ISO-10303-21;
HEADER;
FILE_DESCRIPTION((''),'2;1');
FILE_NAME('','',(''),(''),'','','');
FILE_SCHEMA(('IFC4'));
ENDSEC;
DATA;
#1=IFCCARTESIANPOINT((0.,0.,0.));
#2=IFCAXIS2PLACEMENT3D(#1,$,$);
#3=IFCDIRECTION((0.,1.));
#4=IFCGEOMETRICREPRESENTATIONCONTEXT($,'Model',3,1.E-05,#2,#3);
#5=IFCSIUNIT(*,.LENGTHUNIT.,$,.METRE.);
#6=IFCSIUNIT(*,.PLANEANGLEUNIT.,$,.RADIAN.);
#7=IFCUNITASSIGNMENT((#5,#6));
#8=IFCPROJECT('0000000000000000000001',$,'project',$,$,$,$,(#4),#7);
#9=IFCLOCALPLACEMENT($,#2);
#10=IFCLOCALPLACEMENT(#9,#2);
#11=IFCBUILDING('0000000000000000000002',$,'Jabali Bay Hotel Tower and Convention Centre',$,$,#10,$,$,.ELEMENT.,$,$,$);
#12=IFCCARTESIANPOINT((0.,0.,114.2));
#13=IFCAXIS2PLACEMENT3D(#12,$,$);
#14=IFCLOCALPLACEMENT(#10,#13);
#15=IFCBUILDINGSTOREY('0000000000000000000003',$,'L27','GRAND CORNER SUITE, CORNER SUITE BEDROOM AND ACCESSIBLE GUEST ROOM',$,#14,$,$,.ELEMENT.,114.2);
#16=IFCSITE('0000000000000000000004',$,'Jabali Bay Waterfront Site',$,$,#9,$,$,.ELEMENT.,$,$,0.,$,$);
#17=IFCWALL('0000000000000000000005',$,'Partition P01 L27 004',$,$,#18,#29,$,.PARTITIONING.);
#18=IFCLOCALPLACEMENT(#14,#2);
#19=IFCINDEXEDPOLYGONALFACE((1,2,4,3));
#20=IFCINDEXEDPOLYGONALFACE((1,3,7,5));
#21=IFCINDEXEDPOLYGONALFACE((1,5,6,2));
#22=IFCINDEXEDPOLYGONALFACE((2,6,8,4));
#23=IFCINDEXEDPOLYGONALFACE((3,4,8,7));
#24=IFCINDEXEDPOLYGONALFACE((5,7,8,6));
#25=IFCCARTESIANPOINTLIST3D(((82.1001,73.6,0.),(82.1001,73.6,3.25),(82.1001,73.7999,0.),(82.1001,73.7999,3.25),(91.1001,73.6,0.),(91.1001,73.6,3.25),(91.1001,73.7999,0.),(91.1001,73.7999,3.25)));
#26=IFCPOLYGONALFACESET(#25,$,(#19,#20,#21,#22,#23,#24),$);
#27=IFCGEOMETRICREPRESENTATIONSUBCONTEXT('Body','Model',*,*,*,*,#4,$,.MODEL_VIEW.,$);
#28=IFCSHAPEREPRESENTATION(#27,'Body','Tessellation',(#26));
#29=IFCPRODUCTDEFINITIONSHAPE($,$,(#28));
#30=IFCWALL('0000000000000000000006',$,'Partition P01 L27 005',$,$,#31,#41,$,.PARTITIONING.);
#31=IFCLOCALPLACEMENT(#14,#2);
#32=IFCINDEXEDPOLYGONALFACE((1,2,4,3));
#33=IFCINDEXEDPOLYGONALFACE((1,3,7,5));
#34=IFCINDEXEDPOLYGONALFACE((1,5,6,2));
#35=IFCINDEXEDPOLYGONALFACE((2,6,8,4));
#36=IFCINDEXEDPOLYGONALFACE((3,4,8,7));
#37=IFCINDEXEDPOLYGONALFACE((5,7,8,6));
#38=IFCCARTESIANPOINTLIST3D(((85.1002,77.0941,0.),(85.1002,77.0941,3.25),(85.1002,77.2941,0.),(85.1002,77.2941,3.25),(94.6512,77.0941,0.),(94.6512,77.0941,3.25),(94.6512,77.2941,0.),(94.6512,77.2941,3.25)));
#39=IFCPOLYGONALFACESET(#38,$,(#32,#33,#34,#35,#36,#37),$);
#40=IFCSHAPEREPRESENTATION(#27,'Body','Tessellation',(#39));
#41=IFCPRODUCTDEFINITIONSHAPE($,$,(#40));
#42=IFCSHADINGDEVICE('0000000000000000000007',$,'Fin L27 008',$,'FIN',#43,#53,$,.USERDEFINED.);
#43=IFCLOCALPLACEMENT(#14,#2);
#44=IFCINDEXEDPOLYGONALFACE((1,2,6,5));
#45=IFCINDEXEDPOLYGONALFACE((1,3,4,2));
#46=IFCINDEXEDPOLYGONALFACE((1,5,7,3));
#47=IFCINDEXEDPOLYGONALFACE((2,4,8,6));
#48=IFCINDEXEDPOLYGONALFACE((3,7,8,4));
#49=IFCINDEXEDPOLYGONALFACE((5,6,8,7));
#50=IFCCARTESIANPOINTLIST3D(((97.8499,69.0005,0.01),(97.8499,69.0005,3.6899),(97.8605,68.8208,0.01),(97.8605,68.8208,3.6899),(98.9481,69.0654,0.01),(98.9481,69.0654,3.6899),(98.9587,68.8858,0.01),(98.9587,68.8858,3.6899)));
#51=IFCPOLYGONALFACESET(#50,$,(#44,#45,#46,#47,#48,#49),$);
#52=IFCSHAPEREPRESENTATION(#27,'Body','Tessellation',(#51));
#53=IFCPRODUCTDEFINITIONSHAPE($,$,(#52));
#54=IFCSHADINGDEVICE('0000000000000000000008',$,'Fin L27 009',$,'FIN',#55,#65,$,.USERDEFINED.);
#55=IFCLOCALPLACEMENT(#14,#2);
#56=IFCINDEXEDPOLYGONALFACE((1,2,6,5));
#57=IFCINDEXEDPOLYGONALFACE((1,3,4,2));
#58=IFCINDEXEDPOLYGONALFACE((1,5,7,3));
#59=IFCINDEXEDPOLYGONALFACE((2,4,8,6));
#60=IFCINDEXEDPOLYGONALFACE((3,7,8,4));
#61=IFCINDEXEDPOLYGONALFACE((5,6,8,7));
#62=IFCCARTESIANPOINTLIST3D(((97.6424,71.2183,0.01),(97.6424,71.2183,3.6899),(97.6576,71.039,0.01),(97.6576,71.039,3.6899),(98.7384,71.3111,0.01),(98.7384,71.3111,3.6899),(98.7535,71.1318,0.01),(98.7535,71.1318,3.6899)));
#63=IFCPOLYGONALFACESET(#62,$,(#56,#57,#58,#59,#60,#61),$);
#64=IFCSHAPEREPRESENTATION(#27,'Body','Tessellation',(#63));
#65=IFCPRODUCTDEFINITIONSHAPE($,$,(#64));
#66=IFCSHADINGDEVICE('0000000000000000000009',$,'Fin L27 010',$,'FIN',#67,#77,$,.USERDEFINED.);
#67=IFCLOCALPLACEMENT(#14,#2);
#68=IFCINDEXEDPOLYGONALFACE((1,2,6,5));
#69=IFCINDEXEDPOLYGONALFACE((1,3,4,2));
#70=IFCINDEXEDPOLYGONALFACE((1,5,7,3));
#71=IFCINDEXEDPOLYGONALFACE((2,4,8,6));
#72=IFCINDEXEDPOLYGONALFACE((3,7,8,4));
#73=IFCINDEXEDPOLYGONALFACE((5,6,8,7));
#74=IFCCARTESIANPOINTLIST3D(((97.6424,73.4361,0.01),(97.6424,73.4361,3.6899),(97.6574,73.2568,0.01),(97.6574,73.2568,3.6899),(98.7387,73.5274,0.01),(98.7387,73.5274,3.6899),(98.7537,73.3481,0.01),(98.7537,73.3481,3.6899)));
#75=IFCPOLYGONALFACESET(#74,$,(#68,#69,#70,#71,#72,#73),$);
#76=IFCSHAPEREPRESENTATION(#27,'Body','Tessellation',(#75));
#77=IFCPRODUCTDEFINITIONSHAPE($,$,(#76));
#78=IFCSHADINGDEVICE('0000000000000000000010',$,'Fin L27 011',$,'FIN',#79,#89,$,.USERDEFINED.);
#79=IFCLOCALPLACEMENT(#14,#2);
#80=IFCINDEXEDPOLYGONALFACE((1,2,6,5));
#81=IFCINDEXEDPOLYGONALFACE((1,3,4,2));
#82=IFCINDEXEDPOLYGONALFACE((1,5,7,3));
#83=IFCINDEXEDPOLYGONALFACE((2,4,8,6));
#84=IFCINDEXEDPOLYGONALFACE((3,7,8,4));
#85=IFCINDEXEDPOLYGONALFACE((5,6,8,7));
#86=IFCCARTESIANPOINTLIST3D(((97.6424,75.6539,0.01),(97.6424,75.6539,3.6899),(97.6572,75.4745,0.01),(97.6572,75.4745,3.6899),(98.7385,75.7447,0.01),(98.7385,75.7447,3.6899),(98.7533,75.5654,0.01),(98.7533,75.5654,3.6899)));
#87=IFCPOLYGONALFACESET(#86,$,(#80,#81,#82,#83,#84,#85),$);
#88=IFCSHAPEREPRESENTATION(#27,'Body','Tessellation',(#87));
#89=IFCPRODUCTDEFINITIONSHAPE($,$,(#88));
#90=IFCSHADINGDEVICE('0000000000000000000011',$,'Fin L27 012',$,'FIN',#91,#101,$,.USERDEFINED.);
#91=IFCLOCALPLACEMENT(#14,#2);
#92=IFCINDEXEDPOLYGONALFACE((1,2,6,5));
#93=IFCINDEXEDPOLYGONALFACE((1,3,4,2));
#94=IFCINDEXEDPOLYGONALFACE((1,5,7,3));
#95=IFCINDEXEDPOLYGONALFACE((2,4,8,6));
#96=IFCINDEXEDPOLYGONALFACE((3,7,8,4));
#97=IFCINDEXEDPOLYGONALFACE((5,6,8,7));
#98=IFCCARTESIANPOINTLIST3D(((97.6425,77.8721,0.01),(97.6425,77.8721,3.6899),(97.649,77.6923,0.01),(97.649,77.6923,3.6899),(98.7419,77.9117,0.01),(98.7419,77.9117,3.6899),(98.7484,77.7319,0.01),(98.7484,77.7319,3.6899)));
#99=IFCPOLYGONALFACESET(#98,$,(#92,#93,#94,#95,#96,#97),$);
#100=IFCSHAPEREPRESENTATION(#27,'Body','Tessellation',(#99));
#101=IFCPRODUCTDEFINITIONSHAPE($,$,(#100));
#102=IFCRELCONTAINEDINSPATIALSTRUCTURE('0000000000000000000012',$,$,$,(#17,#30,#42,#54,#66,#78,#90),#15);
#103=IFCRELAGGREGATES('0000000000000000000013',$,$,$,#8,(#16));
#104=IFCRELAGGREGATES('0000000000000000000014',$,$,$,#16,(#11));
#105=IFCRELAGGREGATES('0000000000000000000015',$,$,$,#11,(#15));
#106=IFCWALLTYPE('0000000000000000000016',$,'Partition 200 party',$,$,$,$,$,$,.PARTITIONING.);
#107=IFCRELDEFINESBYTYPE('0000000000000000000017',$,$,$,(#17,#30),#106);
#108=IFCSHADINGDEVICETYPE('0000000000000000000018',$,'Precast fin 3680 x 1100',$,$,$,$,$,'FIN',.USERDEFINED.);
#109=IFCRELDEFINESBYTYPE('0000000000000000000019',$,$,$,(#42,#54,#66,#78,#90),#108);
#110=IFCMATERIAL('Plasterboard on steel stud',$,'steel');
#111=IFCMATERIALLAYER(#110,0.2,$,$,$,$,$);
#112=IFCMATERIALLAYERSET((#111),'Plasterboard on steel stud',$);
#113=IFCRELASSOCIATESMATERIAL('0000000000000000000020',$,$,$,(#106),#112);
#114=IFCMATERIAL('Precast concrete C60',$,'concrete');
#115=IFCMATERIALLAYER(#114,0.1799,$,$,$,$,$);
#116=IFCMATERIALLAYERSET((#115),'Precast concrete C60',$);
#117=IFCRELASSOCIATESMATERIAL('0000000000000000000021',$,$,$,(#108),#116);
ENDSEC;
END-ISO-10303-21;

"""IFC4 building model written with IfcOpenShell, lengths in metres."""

from ifc_helpers import new_model, si_unit, direction, frame, frame_2d, origin, place, context, subcontext, project, spatial, rectangle, extrude, material, layer, layer_set, type_object, element, save


model = new_model("IFC4")

# Units and contexts
model_context = context("Model", 3, precision=1e-05, world=origin(), true_north=direction((0.0, 1.0)))
body_context = subcontext(model_context, "Body", "Model", "MODEL_VIEW")
ifc_project = project(units=[si_unit("LENGTHUNIT", "METRE"), si_unit("PLANEANGLEUNIT", "RADIAN")], contexts=[model_context])

# Site, building, storey
site_placement = place(None, origin())
site = spatial("IfcSite", under=ifc_project, at=site_placement, Name="Jabali Bay Waterfront Site", CompositionType="ELEMENT", RefElevation=0.0)
building_placement = place(site_placement, origin())
building = spatial("IfcBuilding", under=site, at=building_placement, Name="Jabali Bay Hotel Tower and Convention Centre", CompositionType="ELEMENT")
storey_placement = place(building_placement, frame((0.0, 0.0, 114.2)))
storey = spatial("IfcBuildingStorey", under=building, at=storey_placement, Name="L27", Description="GRAND CORNER SUITE, CORNER SUITE BEDROOM AND ACCESSIBLE GUEST ROOM", CompositionType="ELEMENT", Elevation=114.2)

# Shared definitions
ifc_material_1 = material(Name="Plasterboard on steel stud", Category="steel")

# Shared definitions
ifc_layer_1 = layer(ifc_material_1, 0.2)
ifc_layer_set_1 = layer_set([ifc_layer_1], Name="Plasterboard on steel stud")
wall_type_1 = type_object("IfcWallType", Name="Partition 200 party", PredefinedType="PARTITIONING", material=ifc_layer_set_1)

# Walls
wall_1_placement = place(storey_placement, frame((91.1001, 73.7, 0.0), z_axis=(0.0, 0.0, 1.0), x_axis=(-1.0, 0.0, 0.0)))
element("IfcWall", 1, at=wall_1_placement, inside=storey, type_object=wall_type_1, Name="Partition P01 L27 004", PredefinedType="PARTITIONING", context=body_context, shape_type="SweptSolid", body=[
    extrude(rectangle(XDim=9.0, YDim=0.2, at=frame_2d((4.5, 0.0))), origin(), (0.0, 0.0, 1.0), 3.25),
])
wall_2_placement = place(storey_placement, frame((94.6511, 77.1941, 0.0), z_axis=(0.0, 0.0, 1.0), x_axis=(-1.0, 0.0, 0.0)))
element("IfcWall", 2, at=wall_2_placement, inside=storey, type_object=wall_type_1, Name="Partition P01 L27 005", PredefinedType="PARTITIONING", context=body_context, shape_type="SweptSolid", body=[
    extrude(rectangle(XDim=9.551, YDim=0.2, at=frame_2d((4.7754, 0.0))), origin(), (0.0, 0.0, 1.0), 3.25),
])

# Shading devices
ifc_material_2 = material(Name="Precast concrete C60", Category="concrete")
ifc_layer_2 = layer(ifc_material_2, 0.1799)
ifc_layer_set_2 = layer_set([ifc_layer_2], Name="Precast concrete C60")
shading_device_type = type_object("IfcShadingDeviceType", Name="Precast fin 3680 x 1100", ElementType="FIN", PredefinedType="USERDEFINED", material=ifc_layer_set_2)
shading_device_1_placement = place(storey_placement, frame((97.8552, 68.9106, 0.01), z_axis=(0.0, 0.0, 1.0), x_axis=(0.998256, 0.059034, 0.0)))
element("IfcShadingDevice", 3, at=shading_device_1_placement, inside=storey, type_object=shading_device_type, Name="Fin L27 008", ObjectType="FIN", PredefinedType="USERDEFINED", context=body_context, shape_type="SweptSolid", body=[
    extrude(rectangle(XDim=1.1001, YDim=0.1799, at=frame_2d((0.55, 0.0))), origin(), (0.0, 0.0, 1.0), 3.6799),
])
shading_device_2_placement = place(storey_placement, frame((97.6501, 71.1287, 0.01), z_axis=(0.0, 0.0, 1.0), x_axis=(0.996436, 0.08435, 0.0)))
element("IfcShadingDevice", 4, at=shading_device_2_placement, inside=storey, type_object=shading_device_type, Name="Fin L27 009", ObjectType="FIN", PredefinedType="USERDEFINED", context=body_context, shape_type="SweptSolid", body=[
    extrude(rectangle(XDim=1.0999, YDim=0.1799, at=frame_2d((0.5498, 0.0))), origin(), (0.0, 0.0, 1.0), 3.6799),
])
shading_device_3_placement = place(storey_placement, frame((97.6499, 73.3464, 0.01), z_axis=(0.0, 0.0, 1.0), x_axis=(0.996549, 0.083009, 0.0)))
element("IfcShadingDevice", 5, at=shading_device_3_placement, inside=storey, type_object=shading_device_type, Name="Fin L27 010", ObjectType="FIN", PredefinedType="USERDEFINED", context=body_context, shape_type="SweptSolid", body=[
    extrude(rectangle(XDim=1.1001, YDim=0.1799, at=frame_2d((0.55, 0.0))), origin(), (0.0, 0.0, 1.0), 3.6799),
])
shading_device_4_placement = place(storey_placement, frame((97.6499, 75.5642, 0.01), z_axis=(0.0, 0.0, 1.0), x_axis=(0.996585, 0.082568, 0.0)))
element("IfcShadingDevice", 6, at=shading_device_4_placement, inside=storey, type_object=shading_device_type, Name="Fin L27 011", ObjectType="FIN", PredefinedType="USERDEFINED", context=body_context, shape_type="SweptSolid", body=[
    extrude(rectangle(XDim=1.0999, YDim=0.1799, at=frame_2d((0.5498, 0.0))), origin(), (0.0, 0.0, 1.0), 3.6799),
])
shading_device_5_placement = place(storey_placement, frame((97.6458, 77.7822, 0.01), z_axis=(0.0, 0.0, 1.0), x_axis=(0.999353, 0.035953, 0.0)))
element("IfcShadingDevice", 7, at=shading_device_5_placement, inside=storey, type_object=shading_device_type, Name="Fin L27 012", ObjectType="FIN", PredefinedType="USERDEFINED", context=body_context, shape_type="SweptSolid", body=[
    extrude(rectangle(XDim=1.1001, YDim=0.1799, at=frame_2d((0.55, 0.0))), origin(), (0.0, 0.0, 1.0), 3.6799),
])

save(model, "model.ifc")
